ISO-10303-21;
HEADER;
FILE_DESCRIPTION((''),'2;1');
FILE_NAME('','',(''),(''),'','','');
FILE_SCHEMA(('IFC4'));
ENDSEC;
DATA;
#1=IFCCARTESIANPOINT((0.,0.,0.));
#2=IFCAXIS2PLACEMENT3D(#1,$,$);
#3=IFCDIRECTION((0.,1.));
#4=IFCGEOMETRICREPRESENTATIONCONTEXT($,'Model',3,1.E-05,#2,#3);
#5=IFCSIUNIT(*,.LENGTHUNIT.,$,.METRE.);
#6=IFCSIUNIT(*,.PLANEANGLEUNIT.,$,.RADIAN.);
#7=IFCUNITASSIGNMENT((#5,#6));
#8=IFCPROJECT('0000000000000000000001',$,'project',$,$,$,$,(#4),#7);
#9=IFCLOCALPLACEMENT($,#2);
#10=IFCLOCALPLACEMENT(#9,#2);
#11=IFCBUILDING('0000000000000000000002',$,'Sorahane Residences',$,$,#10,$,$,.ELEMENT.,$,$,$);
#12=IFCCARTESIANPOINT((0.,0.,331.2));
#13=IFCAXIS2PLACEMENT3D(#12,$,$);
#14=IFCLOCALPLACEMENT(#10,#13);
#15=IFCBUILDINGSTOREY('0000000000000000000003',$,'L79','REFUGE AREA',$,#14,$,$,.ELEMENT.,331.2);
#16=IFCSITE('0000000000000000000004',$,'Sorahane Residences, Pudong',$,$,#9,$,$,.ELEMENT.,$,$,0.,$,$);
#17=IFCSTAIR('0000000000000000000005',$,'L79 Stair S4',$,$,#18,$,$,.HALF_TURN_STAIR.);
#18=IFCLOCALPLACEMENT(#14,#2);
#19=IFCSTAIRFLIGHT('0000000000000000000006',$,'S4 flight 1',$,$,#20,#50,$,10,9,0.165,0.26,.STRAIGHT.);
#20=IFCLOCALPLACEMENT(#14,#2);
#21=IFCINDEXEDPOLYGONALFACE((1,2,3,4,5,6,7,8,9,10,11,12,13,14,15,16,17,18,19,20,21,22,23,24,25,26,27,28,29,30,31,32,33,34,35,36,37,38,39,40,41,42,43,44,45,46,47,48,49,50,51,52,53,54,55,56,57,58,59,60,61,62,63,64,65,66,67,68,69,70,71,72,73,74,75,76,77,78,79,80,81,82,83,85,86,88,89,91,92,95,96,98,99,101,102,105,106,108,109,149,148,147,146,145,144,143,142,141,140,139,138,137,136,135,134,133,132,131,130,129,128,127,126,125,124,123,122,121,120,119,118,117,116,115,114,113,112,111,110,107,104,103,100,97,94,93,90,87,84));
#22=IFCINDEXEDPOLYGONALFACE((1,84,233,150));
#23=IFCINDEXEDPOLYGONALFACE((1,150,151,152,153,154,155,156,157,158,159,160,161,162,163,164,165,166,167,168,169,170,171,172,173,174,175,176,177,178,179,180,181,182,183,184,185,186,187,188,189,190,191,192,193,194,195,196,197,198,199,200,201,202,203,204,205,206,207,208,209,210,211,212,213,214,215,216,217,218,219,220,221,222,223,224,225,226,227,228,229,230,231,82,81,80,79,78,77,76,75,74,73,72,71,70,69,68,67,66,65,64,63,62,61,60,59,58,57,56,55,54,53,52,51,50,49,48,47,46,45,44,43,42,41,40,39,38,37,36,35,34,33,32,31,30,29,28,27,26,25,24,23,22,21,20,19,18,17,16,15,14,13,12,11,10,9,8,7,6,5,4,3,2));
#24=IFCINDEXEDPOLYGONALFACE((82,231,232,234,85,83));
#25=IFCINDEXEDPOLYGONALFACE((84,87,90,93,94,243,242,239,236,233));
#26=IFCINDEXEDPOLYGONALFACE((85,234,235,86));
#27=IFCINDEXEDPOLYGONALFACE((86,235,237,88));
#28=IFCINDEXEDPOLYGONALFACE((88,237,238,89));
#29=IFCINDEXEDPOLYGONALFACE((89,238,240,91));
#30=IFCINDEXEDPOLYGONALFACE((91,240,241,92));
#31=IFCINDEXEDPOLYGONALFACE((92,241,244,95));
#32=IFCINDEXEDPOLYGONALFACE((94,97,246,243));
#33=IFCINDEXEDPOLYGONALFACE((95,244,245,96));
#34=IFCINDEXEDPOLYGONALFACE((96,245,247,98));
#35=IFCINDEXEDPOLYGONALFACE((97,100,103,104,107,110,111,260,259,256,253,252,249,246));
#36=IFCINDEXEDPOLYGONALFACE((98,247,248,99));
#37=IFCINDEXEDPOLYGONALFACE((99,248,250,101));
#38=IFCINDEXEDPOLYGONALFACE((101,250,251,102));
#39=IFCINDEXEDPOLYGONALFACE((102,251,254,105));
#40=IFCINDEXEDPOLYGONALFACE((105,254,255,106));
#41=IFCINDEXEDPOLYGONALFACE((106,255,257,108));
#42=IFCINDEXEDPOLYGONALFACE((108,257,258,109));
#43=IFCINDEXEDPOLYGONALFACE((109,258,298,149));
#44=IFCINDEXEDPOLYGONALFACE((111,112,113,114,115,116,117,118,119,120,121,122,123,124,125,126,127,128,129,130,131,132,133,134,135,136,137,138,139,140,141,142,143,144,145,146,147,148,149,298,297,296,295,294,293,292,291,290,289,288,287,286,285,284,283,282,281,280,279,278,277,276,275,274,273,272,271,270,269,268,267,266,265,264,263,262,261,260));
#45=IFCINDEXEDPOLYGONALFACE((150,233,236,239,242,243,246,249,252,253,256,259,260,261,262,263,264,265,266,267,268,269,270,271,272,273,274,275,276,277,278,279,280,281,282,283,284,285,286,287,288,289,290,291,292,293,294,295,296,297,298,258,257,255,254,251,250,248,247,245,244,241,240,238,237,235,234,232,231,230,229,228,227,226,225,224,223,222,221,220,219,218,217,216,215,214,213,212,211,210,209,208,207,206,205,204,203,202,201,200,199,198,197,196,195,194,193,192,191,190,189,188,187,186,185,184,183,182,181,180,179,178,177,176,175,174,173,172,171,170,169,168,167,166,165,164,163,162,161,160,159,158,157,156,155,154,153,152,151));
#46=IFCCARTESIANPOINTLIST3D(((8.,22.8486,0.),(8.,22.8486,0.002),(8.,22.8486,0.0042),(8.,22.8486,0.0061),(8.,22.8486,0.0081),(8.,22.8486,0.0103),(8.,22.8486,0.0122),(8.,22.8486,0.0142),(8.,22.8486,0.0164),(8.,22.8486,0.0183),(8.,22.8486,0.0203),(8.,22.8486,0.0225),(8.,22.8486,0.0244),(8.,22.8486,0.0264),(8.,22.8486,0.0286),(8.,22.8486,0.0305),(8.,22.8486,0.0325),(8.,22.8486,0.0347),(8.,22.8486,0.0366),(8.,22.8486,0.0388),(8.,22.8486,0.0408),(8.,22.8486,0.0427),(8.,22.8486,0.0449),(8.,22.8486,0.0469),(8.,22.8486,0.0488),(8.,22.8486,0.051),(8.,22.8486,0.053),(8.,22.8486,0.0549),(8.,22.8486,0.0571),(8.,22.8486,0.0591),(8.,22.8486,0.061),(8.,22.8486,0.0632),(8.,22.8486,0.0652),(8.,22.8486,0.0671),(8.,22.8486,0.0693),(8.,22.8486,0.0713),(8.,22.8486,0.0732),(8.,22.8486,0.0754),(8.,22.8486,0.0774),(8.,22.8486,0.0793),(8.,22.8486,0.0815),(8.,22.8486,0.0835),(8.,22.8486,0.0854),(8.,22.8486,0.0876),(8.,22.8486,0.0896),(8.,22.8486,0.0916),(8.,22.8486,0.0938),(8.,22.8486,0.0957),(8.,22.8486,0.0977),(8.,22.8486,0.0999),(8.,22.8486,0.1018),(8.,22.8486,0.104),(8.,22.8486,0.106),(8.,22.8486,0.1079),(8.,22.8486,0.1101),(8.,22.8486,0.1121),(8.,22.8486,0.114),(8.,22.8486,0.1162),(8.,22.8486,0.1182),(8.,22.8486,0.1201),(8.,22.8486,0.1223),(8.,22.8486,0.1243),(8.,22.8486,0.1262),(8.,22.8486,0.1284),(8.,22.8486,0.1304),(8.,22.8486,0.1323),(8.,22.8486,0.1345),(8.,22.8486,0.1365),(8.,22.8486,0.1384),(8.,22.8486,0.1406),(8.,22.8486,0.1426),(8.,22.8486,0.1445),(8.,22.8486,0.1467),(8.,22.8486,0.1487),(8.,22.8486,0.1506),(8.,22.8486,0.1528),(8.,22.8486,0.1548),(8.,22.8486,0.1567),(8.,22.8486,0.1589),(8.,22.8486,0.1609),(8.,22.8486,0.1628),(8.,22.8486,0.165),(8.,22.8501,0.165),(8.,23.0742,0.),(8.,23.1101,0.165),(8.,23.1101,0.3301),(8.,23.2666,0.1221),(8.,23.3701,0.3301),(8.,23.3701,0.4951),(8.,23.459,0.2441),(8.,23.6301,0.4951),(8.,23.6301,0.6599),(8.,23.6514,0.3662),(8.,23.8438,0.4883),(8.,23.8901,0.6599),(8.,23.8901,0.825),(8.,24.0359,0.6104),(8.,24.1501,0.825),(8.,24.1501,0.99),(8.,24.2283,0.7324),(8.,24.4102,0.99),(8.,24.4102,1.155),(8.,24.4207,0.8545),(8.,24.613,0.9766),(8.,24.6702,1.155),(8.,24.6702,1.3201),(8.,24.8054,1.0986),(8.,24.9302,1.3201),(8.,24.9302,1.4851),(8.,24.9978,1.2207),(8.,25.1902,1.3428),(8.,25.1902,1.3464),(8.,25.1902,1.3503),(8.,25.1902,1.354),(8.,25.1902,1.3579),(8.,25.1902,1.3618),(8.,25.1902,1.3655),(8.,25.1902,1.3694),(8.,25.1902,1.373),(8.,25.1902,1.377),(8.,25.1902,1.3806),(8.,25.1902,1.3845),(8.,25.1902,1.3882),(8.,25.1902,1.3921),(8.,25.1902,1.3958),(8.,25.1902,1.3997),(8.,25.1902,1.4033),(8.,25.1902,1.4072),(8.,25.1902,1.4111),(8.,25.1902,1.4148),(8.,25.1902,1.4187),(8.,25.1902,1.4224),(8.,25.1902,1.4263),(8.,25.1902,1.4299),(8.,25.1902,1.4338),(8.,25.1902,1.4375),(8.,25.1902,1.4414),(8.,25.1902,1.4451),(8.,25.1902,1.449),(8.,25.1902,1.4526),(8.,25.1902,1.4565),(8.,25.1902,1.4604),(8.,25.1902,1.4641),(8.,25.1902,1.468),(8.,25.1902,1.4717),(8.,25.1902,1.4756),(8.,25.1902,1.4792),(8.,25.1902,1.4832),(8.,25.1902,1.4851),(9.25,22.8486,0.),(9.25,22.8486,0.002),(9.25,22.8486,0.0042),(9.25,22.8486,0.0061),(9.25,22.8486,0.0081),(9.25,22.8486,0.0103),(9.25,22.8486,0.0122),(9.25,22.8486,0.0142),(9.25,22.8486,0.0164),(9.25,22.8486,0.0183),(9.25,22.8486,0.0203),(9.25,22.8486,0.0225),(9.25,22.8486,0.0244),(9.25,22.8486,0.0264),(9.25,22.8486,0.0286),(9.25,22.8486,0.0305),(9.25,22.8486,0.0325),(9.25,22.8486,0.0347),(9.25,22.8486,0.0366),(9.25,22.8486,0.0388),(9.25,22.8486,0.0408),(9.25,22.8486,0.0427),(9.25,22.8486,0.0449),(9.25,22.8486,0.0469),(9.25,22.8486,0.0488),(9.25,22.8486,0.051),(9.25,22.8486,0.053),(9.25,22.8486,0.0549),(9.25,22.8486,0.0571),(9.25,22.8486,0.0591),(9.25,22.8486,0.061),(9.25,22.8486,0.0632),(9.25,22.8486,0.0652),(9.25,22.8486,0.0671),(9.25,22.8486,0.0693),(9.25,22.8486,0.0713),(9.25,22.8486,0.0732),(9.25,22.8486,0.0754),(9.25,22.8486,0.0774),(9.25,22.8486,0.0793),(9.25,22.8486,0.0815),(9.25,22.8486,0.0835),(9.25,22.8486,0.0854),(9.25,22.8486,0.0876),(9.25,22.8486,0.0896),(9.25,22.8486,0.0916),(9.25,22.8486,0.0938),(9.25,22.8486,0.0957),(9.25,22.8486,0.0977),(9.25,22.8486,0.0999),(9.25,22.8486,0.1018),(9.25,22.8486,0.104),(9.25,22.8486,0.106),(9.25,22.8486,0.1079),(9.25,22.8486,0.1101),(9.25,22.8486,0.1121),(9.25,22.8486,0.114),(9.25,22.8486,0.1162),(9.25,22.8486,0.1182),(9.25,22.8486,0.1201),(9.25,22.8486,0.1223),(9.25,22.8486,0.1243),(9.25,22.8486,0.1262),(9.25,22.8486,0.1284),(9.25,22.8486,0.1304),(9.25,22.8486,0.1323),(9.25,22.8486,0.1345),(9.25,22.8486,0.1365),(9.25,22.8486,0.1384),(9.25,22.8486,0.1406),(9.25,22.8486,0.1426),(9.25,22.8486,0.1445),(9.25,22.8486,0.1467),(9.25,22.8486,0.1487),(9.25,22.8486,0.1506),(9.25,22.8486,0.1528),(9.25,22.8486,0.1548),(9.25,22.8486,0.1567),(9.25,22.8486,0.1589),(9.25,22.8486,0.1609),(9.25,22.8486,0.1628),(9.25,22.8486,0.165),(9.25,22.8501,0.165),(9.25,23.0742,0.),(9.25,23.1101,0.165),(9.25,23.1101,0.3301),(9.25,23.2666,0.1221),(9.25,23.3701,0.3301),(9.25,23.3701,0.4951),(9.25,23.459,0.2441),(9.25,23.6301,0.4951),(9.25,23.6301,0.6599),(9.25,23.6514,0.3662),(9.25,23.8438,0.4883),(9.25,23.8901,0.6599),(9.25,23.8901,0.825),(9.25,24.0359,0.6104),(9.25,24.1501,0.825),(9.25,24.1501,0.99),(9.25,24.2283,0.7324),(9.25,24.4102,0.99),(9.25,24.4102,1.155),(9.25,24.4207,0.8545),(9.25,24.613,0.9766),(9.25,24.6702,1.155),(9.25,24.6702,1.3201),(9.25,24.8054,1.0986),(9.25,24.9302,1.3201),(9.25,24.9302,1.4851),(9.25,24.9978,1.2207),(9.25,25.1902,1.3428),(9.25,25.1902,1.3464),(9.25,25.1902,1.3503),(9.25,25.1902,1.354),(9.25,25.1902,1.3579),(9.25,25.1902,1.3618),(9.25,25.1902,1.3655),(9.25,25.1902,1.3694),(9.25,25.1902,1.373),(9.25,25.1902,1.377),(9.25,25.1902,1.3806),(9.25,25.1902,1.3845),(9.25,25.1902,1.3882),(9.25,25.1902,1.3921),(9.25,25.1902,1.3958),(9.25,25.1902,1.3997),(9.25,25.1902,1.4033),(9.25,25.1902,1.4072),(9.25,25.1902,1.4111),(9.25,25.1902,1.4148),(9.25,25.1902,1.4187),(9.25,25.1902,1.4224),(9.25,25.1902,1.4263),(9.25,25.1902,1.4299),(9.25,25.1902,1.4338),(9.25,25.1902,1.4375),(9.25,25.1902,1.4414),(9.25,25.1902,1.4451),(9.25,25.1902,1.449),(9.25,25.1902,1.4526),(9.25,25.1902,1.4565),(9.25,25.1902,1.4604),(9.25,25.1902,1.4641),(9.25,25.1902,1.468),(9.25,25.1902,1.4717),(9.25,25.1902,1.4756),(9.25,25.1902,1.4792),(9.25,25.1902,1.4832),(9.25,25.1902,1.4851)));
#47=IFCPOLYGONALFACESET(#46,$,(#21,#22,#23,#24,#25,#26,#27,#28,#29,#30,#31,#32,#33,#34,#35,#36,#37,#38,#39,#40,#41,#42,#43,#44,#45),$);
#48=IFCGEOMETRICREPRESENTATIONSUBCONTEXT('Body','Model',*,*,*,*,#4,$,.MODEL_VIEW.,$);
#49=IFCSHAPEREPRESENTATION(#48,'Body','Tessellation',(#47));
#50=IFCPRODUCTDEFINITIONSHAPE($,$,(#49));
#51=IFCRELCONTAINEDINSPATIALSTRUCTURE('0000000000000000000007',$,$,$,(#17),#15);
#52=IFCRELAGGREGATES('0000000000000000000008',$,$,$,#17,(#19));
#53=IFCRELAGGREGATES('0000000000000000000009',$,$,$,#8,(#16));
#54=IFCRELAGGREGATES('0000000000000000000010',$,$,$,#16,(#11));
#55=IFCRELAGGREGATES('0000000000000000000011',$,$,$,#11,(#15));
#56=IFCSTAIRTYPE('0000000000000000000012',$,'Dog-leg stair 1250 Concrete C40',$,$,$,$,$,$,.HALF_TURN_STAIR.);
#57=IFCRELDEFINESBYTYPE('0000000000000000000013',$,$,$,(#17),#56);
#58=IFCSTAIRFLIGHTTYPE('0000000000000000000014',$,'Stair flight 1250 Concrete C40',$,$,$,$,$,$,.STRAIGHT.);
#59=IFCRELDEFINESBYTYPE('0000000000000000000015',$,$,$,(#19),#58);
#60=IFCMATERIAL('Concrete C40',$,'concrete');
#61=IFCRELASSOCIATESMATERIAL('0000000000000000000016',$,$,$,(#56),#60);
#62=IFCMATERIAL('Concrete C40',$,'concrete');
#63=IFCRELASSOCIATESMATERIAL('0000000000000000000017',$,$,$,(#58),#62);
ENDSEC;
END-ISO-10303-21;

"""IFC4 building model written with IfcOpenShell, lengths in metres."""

from ifc_helpers import new_model, si_unit, direction, frame, origin, place, context, subcontext, project, spatial, polyline, outline, extrude, material, type_object, element, aggregate, save


model = new_model("IFC4")

# Units and contexts
model_context = context("Model", 3, precision=1e-05, world=origin(), true_north=direction((0.0, 1.0)))
body_context = subcontext(model_context, "Body", "Model", "MODEL_VIEW")
ifc_project = project(units=[si_unit("LENGTHUNIT", "METRE"), si_unit("PLANEANGLEUNIT", "RADIAN")], contexts=[model_context])

# Site, building, storey
site_placement = place(None, origin())
site = spatial("IfcSite", under=ifc_project, at=site_placement, Name="Sorahane Residences, Pudong", CompositionType="ELEMENT", RefElevation=0.0)
building_placement = place(site_placement, origin())
building = spatial("IfcBuilding", under=site, at=building_placement, Name="Sorahane Residences", CompositionType="ELEMENT")
storey_placement = place(building_placement, frame((0.0, 0.0, 331.2)))
storey = spatial("IfcBuildingStorey", under=building, at=storey_placement, Name="L79", Description="REFUGE AREA", CompositionType="ELEMENT", Elevation=331.2)

# Stair, stair flight
ifc_material_1 = material(Name="Concrete C40", Category="concrete")
stair_type = type_object("IfcStairType", Name="Dog-leg stair 1250 Concrete C40", PredefinedType="HALF_TURN_STAIR", material=ifc_material_1)
stair_placement = place(storey_placement, origin())
stair = element("IfcStair", 1, at=stair_placement, inside=storey, type_object=stair_type, Name="L79 Stair S4", PredefinedType="HALF_TURN_STAIR")
ifc_material_2 = material(Name="Concrete C40", Category="concrete")
stair_flight_type = type_object("IfcStairFlightType", Name="Stair flight 1250 Concrete C40", PredefinedType="STRAIGHT", material=ifc_material_2)
stair_flight_1_placement = place(storey_placement, frame((8.625, 22.8501, 0.0), z_axis=(0.0, 0.0, 1.0), x_axis=(0.0, 1.0, 0.0)))
stair_flight_1 = element("IfcStairFlight", 2, at=stair_flight_1_placement, type_object=stair_flight_type, Name="S4 flight 1", NumberOfRisers=10, NumberOfTreads=9, PredefinedType="STRAIGHT", RiserHeight=0.165, TreadLength=0.26, context=body_context, shape_type="SweptSolid", body=[
    extrude(outline(polyline([(-0.0015, 0.0), (-0.0015, 0.002), (-0.0015, 0.0042), (-0.0015, 0.0061), (-0.0015, 0.0081), (-0.0015, 0.0103), (-0.0015, 0.0122), (-0.0015, 0.0142), (-0.0015, 0.0164), (-0.0015, 0.0183), (-0.0015, 0.0203), (-0.0015, 0.0225), (-0.0015, 0.0244), (-0.0015, 0.0264), (-0.0015, 0.0286), (-0.0015, 0.0305), (-0.0015, 0.0325), (-0.0015, 0.0347), (-0.0015, 0.0366), (-0.0015, 0.0388), (-0.0015, 0.0408), (-0.0015, 0.0427), (-0.0015, 0.0449), (-0.0015, 0.0469), (-0.0015, 0.0488), (-0.0015, 0.051), (-0.0015, 0.053), (-0.0015, 0.0549), (-0.0015, 0.0571), (-0.0015, 0.0591), (-0.0015, 0.061), (-0.0015, 0.0632), (-0.0015, 0.0652), (-0.0015, 0.0671), (-0.0015, 0.0693), (-0.0015, 0.0713), (-0.0015, 0.0732), (-0.0015, 0.0754), (-0.0015, 0.0774), (-0.0015, 0.0793), (-0.0015, 0.0815), (-0.0015, 0.0835), (-0.0015, 0.0854), (-0.0015, 0.0876), (-0.0015, 0.0896), (-0.0015, 0.0916), (-0.0015, 0.0938), (-0.0015, 0.0957), (-0.0015, 0.0977), (-0.0015, 0.0999), (-0.0015, 0.1018), (-0.0015, 0.104), (-0.0015, 0.106), (-0.0015, 0.1079), (-0.0015, 0.1101), (-0.0015, 0.1121), (-0.0015, 0.114), (-0.0015, 0.1162), (-0.0015, 0.1182), (-0.0015, 0.1201), (-0.0015, 0.1223), (-0.0015, 0.1243), (-0.0015, 0.1262), (-0.0015, 0.1284), (-0.0015, 0.1304), (-0.0015, 0.1323), (-0.0015, 0.1345), (-0.0015, 0.1365), (-0.0015, 0.1384), (-0.0015, 0.1406), (-0.0015, 0.1426), (-0.0015, 0.1445), (-0.0015, 0.1467), (-0.0015, 0.1487), (-0.0015, 0.1506), (-0.0015, 0.1528), (-0.0015, 0.1548), (-0.0015, 0.1567), (-0.0015, 0.1589), (-0.0015, 0.1609), (-0.0015, 0.1628), (-0.0015, 0.165), (0.0, 0.165), (0.26, 0.165), (0.26, 0.3301), (0.52, 0.3301), (0.52, 0.4951), (0.78, 0.4951), (0.78, 0.6599), (1.04, 0.6599), (1.04, 0.825), (1.3, 0.825), (1.3, 0.99), (1.5601, 0.99), (1.5601, 1.155), (1.8201, 1.155), (1.8201, 1.3201), (2.0801, 1.3201), (2.0801, 1.4851), (2.3401, 1.4851), (2.3401, 1.6499), (2.3401, 1.6462), (2.3401, 1.6423), (2.3401, 1.6387), (2.3401, 1.6348), (2.3401, 1.6311), (2.3401, 1.6272), (2.3401, 1.6235), (2.3401, 1.6196), (2.3401, 1.616), (2.3401, 1.6121), (2.3401, 1.6082), (2.3401, 1.6045), (2.3401, 1.6006), (2.3401, 1.5969), (2.3401, 1.593), (2.3401, 1.5894), (2.3401, 1.5854), (2.3401, 1.5818), (2.3401, 1.5779), (2.3401, 1.5742), (2.3401, 1.5703), (2.3401, 1.5667), (2.3401, 1.5627), (2.3401, 1.5588), (2.3401, 1.5552), (2.3401, 1.5513), (2.3401, 1.5476), (2.3401, 1.5437), (2.3401, 1.54), (2.3401, 1.5361), (2.3401, 1.5325), (2.3401, 1.5286), (2.3401, 1.5249), (2.3401, 1.521), (2.3401, 1.5173), (2.3401, 1.5134), (2.3401, 1.5098), (2.3401, 1.5059), (2.3401, 1.502), (2.3401, 1.4983), (2.3401, 1.4944), (2.3401, 1.4907), (2.3401, 1.4868), (2.3401, 1.4832), (2.3401, 1.4792), (2.3401, 1.4756), (2.3401, 1.4717), (2.3401, 1.468), (2.3401, 1.4641), (2.3401, 1.4604), (2.3401, 1.4565), (2.3401, 1.4526), (2.3401, 1.449), (2.3401, 1.4451), (2.3401, 1.4414), (2.3401, 1.4375), (2.3401, 1.4338), (2.3401, 1.4299), (2.3401, 1.4263), (2.3401, 1.4224), (2.3401, 1.4187), (2.3401, 1.4148), (2.3401, 1.4111), (2.3401, 1.4072), (2.3401, 1.4033), (2.3401, 1.3997), (2.3401, 1.3958), (2.3401, 1.3921), (2.3401, 1.3882), (2.3401, 1.3845), (2.3401, 1.3806), (2.3401, 1.377), (2.3401, 1.373), (2.3401, 1.3694), (2.3401, 1.3655), (2.3401, 1.3618), (2.3401, 1.3579), (2.3401, 1.354), (2.3401, 1.3503), (2.3401, 1.3464), (2.3401, 1.3428), (2.1477, 1.2207), (1.9553, 1.0986), (1.7629, 0.9766), (1.5706, 0.8545), (1.3782, 0.7324), (1.1858, 0.6104), (0.9937, 0.4883), (0.8013, 0.3662), (0.6089, 0.2441), (0.4165, 0.1221), (0.2241, 0.0), (-0.0015, 0.0)])), frame((0.0, 0.625, 0.0), z_axis=(0.0, -1.0, 0.0), x_axis=(1.0, 0.0, 0.0)), (0.0, 0.0, 1.0), 1.25),
])
aggregate(stair, [stair_flight_1])

save(model, "model.ifc")
